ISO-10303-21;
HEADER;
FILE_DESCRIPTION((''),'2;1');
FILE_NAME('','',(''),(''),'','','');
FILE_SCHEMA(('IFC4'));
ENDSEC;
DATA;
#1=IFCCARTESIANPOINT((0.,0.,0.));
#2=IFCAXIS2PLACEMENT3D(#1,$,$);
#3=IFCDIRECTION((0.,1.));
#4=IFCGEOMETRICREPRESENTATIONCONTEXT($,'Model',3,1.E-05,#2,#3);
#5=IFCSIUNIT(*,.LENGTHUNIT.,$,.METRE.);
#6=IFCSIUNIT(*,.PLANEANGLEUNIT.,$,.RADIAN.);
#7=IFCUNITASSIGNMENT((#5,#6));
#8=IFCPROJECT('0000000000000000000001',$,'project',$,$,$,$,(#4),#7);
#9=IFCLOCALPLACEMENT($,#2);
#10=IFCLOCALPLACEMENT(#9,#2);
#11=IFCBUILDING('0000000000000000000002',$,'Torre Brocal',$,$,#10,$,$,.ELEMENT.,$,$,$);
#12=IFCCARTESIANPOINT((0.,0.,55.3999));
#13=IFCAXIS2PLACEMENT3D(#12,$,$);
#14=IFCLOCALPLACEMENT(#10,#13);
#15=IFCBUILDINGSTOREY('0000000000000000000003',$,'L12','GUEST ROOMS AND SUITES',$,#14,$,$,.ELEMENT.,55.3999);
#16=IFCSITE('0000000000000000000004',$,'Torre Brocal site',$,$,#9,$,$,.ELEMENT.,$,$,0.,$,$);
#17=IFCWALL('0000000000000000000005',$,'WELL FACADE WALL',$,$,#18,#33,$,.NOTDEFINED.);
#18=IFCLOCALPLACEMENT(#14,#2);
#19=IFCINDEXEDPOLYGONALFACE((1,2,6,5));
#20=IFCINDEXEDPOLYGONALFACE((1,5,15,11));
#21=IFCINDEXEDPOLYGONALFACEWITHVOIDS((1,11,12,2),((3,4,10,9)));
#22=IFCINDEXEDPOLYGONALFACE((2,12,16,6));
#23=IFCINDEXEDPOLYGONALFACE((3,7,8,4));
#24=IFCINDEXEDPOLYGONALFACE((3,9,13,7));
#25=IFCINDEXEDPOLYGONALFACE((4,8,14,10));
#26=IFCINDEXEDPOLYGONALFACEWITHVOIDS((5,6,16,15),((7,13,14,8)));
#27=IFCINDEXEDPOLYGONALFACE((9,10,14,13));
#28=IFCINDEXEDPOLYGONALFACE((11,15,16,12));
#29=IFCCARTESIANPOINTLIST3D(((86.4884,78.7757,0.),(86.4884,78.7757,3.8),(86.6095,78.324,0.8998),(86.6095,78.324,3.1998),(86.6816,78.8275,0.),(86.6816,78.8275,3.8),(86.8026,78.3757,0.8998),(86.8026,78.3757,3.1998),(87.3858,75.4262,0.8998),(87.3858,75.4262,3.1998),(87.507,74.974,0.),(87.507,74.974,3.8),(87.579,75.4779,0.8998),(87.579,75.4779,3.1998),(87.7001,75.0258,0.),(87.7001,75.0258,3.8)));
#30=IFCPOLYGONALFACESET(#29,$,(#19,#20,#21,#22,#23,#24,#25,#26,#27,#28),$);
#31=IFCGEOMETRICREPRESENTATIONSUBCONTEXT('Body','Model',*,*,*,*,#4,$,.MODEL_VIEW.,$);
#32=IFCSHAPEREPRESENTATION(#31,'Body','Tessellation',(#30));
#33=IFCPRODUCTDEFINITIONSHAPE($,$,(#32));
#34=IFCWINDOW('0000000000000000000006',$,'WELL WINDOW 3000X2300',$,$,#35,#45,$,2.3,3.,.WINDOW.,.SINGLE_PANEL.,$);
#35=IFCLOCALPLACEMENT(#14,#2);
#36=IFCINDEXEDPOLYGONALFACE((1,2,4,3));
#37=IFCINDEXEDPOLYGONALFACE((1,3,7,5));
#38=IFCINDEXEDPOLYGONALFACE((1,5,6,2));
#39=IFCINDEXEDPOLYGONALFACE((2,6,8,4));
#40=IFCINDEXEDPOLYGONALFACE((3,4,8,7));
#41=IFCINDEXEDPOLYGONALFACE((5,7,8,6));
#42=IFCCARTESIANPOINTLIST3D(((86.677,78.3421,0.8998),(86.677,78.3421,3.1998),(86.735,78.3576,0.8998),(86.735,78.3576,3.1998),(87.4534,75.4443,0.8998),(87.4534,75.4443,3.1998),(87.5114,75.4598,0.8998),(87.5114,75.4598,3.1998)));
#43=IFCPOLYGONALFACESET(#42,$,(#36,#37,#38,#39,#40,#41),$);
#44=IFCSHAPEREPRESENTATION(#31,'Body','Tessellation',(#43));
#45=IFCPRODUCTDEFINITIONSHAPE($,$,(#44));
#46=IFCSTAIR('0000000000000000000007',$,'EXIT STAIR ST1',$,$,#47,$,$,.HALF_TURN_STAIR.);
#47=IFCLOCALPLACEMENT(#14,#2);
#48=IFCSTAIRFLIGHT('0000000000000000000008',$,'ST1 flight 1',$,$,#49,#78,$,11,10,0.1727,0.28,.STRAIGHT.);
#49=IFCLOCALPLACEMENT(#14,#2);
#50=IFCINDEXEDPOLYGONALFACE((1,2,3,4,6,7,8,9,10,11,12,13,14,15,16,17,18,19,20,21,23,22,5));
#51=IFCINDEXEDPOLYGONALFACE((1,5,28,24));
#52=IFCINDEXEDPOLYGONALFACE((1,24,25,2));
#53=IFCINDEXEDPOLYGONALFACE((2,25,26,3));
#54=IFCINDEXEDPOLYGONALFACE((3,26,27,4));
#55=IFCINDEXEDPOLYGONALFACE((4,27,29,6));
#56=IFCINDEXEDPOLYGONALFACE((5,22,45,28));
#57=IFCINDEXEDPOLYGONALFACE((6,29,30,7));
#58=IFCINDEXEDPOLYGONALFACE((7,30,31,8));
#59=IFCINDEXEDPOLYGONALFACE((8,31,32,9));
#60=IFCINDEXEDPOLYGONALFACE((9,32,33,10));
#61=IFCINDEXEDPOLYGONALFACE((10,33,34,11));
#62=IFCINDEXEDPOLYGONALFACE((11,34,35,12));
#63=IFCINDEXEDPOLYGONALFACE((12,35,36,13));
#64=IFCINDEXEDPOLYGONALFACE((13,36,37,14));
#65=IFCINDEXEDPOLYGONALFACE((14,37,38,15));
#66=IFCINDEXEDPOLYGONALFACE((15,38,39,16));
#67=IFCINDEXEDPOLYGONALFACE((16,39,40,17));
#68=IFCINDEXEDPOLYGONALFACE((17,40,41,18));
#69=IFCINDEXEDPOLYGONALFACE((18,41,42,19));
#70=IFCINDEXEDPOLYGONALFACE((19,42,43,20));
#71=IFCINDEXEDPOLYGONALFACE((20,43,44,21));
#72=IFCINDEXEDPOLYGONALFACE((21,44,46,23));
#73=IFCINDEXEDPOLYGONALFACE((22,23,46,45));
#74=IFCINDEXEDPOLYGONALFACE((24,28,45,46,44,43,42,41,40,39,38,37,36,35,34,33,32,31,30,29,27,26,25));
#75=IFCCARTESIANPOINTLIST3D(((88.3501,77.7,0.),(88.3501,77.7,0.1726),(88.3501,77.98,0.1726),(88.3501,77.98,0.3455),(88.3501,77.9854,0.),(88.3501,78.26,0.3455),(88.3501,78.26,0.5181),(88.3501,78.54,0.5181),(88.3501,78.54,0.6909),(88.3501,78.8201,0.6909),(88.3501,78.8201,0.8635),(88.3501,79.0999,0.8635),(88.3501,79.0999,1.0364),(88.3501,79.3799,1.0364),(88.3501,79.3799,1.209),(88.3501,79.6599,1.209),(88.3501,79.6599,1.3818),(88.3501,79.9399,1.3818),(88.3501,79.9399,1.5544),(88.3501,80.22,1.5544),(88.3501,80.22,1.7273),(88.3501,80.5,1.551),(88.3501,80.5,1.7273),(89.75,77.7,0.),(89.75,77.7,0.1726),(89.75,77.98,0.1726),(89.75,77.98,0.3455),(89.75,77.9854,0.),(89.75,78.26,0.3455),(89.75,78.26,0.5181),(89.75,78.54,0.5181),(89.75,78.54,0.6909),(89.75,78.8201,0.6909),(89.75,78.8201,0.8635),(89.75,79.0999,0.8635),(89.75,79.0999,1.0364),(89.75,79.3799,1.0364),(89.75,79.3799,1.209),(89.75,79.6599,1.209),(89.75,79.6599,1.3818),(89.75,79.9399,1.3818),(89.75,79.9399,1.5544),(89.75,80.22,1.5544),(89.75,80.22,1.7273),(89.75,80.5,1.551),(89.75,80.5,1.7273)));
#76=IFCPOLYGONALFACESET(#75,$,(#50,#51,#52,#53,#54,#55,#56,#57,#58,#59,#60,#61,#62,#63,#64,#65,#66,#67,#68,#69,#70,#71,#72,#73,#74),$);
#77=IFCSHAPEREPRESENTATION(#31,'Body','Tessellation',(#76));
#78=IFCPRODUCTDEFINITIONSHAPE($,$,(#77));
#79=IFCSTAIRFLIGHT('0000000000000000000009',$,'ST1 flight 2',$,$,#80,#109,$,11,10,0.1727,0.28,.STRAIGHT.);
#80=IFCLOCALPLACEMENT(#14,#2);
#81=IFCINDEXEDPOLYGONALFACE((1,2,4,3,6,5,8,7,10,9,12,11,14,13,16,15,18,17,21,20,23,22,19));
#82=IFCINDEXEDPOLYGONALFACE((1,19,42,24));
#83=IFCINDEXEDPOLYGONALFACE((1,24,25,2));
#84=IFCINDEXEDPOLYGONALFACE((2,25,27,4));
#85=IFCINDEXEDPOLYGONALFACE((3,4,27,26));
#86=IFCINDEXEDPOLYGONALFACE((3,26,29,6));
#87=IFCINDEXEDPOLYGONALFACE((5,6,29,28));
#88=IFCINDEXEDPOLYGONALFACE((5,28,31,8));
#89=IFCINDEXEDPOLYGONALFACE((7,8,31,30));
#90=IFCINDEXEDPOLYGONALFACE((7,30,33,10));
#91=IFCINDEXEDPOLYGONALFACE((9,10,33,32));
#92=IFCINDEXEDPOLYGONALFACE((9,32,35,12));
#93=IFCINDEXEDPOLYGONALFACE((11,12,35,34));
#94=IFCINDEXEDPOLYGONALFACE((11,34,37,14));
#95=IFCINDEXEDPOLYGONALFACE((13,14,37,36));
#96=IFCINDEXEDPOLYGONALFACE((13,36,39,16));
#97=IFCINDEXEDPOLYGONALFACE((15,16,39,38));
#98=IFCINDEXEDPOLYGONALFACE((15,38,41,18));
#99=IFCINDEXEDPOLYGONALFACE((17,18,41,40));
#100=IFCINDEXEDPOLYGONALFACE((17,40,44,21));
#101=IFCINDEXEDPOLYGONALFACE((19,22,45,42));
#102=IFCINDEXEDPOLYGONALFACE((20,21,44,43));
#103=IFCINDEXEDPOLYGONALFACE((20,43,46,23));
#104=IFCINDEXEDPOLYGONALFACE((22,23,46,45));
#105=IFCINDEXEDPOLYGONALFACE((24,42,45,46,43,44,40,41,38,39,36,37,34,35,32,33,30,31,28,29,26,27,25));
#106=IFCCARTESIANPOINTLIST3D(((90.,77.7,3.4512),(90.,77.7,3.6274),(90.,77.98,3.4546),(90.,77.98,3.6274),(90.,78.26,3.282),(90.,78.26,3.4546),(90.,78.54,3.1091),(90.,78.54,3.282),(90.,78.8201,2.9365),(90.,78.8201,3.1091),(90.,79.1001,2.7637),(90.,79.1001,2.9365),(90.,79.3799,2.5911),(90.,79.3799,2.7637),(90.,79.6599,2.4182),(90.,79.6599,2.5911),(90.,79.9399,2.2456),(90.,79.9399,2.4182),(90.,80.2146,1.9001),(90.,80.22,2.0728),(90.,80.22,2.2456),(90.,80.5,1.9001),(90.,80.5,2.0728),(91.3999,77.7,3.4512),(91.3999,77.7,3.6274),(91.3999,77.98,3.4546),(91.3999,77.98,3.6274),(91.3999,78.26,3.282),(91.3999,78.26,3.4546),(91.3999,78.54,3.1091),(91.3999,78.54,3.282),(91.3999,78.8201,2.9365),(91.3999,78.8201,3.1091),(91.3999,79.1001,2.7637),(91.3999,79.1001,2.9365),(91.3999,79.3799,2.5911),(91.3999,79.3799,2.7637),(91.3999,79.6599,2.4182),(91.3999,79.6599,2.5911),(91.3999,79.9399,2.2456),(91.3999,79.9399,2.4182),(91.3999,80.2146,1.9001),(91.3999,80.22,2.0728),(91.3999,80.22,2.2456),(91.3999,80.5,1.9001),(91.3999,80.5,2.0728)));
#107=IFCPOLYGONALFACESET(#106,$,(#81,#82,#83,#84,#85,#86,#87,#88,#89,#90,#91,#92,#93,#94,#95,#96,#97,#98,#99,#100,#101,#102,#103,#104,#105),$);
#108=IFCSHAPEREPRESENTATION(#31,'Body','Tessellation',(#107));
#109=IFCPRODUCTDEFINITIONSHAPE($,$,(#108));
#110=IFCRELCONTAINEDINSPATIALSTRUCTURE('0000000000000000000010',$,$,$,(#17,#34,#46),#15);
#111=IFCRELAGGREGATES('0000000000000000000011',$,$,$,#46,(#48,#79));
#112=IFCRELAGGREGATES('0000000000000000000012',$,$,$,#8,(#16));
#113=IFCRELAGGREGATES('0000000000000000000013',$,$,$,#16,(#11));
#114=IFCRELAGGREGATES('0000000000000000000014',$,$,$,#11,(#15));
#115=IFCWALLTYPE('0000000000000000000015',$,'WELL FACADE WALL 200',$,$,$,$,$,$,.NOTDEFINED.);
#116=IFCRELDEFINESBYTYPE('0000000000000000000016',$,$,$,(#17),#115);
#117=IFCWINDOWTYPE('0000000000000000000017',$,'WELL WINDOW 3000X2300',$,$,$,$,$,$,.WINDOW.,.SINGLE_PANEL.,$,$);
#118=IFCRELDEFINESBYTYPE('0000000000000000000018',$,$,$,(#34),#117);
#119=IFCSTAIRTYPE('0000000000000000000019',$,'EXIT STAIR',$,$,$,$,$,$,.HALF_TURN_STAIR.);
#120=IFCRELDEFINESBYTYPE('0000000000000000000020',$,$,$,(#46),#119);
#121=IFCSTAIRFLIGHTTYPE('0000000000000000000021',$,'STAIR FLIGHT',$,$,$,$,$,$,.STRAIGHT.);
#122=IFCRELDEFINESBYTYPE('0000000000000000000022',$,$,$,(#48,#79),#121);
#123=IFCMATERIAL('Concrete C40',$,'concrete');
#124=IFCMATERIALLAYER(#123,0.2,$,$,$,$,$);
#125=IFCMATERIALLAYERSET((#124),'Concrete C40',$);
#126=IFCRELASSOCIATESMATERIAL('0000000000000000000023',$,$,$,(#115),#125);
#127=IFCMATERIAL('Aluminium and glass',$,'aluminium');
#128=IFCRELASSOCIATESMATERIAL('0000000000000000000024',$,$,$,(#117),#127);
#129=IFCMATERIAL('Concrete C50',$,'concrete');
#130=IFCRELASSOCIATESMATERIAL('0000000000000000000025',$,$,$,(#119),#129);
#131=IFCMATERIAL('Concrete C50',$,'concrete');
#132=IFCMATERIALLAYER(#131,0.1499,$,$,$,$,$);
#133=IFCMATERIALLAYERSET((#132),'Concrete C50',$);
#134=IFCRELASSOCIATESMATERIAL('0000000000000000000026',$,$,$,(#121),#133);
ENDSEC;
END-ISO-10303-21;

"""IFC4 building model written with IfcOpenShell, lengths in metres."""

from ifc_helpers import new_model, si_unit, direction, frame, frame_2d, origin, place, context, subcontext, project, spatial, polyline, rectangle, outline, extrude, material, layer, layer_set, type_object, element, fill, aggregate, save


model = new_model("IFC4")

# Units and contexts
model_context = context("Model", 3, precision=1e-05, world=origin(), true_north=direction((0.0, 1.0)))
body_context = subcontext(model_context, "Body", "Model", "MODEL_VIEW")
ifc_project = project(units=[si_unit("LENGTHUNIT", "METRE"), si_unit("PLANEANGLEUNIT", "RADIAN")], contexts=[model_context])

# Site, building, storey
site_placement = place(None, origin())
site = spatial("IfcSite", under=ifc_project, at=site_placement, Name="Torre Brocal site", CompositionType="ELEMENT", RefElevation=0.0)
building_placement = place(site_placement, origin())
building = spatial("IfcBuilding", under=site, at=building_placement, Name="Torre Brocal", CompositionType="ELEMENT")
storey_placement = place(building_placement, frame((0.0, 0.0, 55.3999)))
storey = spatial("IfcBuildingStorey", under=building, at=storey_placement, Name="L12", Description="GUEST ROOMS AND SUITES", CompositionType="ELEMENT", Elevation=55.3999)

# Wall, opening, window
ifc_material_1 = material(Name="Concrete C40", Category="concrete")
ifc_layer_1 = layer(ifc_material_1, 0.2)
ifc_layer_set_1 = layer_set([ifc_layer_1], Name="Concrete C40")
wall_type_1 = type_object("IfcWallType", Name="WELL FACADE WALL 200", PredefinedType="NOTDEFINED", material=ifc_layer_set_1)
wall_1_placement = place(storey_placement, frame((87.6035, 75.0, 0.0), z_axis=(0.0, 0.0, 1.0), x_axis=(-0.25879, 0.965934, 0.0)))
wall_1 = element("IfcWall", 1, at=wall_1_placement, inside=storey, type_object=wall_type_1, Name="WELL FACADE WALL", PredefinedType="NOTDEFINED", context=body_context, shape_type="SweptSolid", body=[
    extrude(rectangle(XDim=3.9358, YDim=0.2, at=frame_2d((1.9678, 0.0))), origin(), (0.0, 0.0, 1.0), 3.8),
])
opening_1_placement = place(wall_1_placement, frame((0.468, 0.0, 0.8999)))
opening_1 = element("IfcOpeningElement", 2, at=opening_1_placement, cuts=wall_1, PredefinedType="OPENING", context=body_context, shape_type="SweptSolid", body=[
    extrude(rectangle(XDim=3.0, YDim=2.3, at=frame_2d((1.5, 1.1499))), frame((0.0, 0.1099, 0.0), z_axis=(0.0, -1.0, 0.0), x_axis=(1.0, 0.0, 0.0)), (0.0, 0.0, 1.0), 0.22),
])
ifc_material_2 = material(Name="Aluminium and glass", Category="aluminium")
window_type = type_object("IfcWindowType", Name="WELL WINDOW 3000X2300", PartitioningType="SINGLE_PANEL", PredefinedType="WINDOW", material=ifc_material_2)
window_placement = place(opening_1_placement, origin())
window = element("IfcWindow", 3, at=window_placement, inside=storey, type_object=window_type, Name="WELL WINDOW 3000X2300", OverallHeight=2.3, OverallWidth=3.0, PartitioningType="SINGLE_PANEL", PredefinedType="WINDOW", context=body_context, shape_type="SweptSolid", body=[
    extrude(rectangle(XDim=3.0, YDim=2.3, at=frame_2d((1.5, 1.1499))), frame((0.0, 0.03, 0.0), z_axis=(0.0, -1.0, 0.0), x_axis=(1.0, 0.0, 0.0)), (0.0, 0.0, 1.0), 0.0601),
])
fill(opening_1, window)

# Stair, stair flights
ifc_material_3 = material(Name="Concrete C50", Category="concrete")
stair_type = type_object("IfcStairType", Name="EXIT STAIR", PredefinedType="HALF_TURN_STAIR", material=ifc_material_3)
stair_placement = place(storey_placement, origin())
stair = element("IfcStair", 4, at=stair_placement, inside=storey, type_object=stair_type, Name="EXIT STAIR ST1", PredefinedType="HALF_TURN_STAIR")
ifc_material_4 = material(Name="Concrete C50", Category="concrete")
ifc_layer_2 = layer(ifc_material_4, 0.1499)
ifc_layer_set_2 = layer_set([ifc_layer_2], Name="Concrete C50")
stair_flight_type = type_object("IfcStairFlightType", Name="STAIR FLIGHT", PredefinedType="STRAIGHT", material=ifc_layer_set_2)
stair_flight_1_placement = place(storey_placement, frame((89.05, 77.7, 0.0), z_axis=(0.0, 0.0, 1.0), x_axis=(0.0, 1.0, 0.0)))
stair_flight_1 = element("IfcStairFlight", 5, at=stair_flight_1_placement, type_object=stair_flight_type, Name="ST1 flight 1", NumberOfRisers=11, NumberOfTreads=10, PredefinedType="STRAIGHT", RiserHeight=0.1727, TreadLength=0.28, context=body_context, shape_type="SweptSolid", body=[
    extrude(outline(polyline([(0.0, 0.0), (0.0, 0.1726), (0.28, 0.1726), (0.28, 0.3455), (0.5601, 0.3455), (0.5601, 0.5181), (0.8401, 0.5181), (0.8401, 0.6909), (1.1201, 0.6909), (1.1201, 0.8635), (1.3999, 0.8635), (1.3999, 1.0364), (1.6799, 1.0364), (1.6799, 1.209), (1.96, 1.209), (1.96, 1.3818), (2.24, 1.3818), (2.24, 1.5544), (2.52, 1.5544), (2.52, 1.7273), (2.8, 1.7273), (2.8, 1.8999), (2.8, 1.551), (0.2854, 0.0), (0.0, 0.0)])), frame((0.0, 0.7, 0.0), z_axis=(0.0, -1.0, 0.0), x_axis=(1.0, 0.0, 0.0)), (0.0, 0.0, 1.0), 1.3999),
])
stair_flight_2_placement = place(storey_placement, frame((90.7, 80.5, 1.9001), z_axis=(0.0, 0.0, 1.0), x_axis=(0.0, -1.0, 0.0)))
stair_flight_2 = element("IfcStairFlight", 6, at=stair_flight_2_placement, type_object=stair_flight_type, Name="ST1 flight 2", NumberOfRisers=11, NumberOfTreads=10, PredefinedType="STRAIGHT", RiserHeight=0.1727, TreadLength=0.28, context=body_context, shape_type="SweptSolid", body=[
    extrude(outline(polyline([(0.0, 0.0), (0.0, 0.1726), (0.28, 0.1726), (0.28, 0.3455), (0.5601, 0.3455), (0.5601, 0.5181), (0.8401, 0.5181), (0.8401, 0.6909), (1.1201, 0.6909), (1.1201, 0.8635), (1.3999, 0.8635), (1.3999, 1.0364), (1.6799, 1.0364), (1.6799, 1.209), (1.96, 1.209), (1.96, 1.3818), (2.24, 1.3818), (2.24, 1.5544), (2.52, 1.5544), (2.52, 1.7273), (2.8, 1.7273), (2.8, 1.8999), (2.8, 1.551), (0.2854, 0.0), (0.0, 0.0)])), frame((0.0, 0.7, 0.0), z_axis=(0.0, -1.0, 0.0), x_axis=(1.0, 0.0, 0.0)), (0.0, 0.0, 1.0), 1.3999),
])
aggregate(stair, [stair_flight_1, stair_flight_2])

save(model, "model.ifc")
